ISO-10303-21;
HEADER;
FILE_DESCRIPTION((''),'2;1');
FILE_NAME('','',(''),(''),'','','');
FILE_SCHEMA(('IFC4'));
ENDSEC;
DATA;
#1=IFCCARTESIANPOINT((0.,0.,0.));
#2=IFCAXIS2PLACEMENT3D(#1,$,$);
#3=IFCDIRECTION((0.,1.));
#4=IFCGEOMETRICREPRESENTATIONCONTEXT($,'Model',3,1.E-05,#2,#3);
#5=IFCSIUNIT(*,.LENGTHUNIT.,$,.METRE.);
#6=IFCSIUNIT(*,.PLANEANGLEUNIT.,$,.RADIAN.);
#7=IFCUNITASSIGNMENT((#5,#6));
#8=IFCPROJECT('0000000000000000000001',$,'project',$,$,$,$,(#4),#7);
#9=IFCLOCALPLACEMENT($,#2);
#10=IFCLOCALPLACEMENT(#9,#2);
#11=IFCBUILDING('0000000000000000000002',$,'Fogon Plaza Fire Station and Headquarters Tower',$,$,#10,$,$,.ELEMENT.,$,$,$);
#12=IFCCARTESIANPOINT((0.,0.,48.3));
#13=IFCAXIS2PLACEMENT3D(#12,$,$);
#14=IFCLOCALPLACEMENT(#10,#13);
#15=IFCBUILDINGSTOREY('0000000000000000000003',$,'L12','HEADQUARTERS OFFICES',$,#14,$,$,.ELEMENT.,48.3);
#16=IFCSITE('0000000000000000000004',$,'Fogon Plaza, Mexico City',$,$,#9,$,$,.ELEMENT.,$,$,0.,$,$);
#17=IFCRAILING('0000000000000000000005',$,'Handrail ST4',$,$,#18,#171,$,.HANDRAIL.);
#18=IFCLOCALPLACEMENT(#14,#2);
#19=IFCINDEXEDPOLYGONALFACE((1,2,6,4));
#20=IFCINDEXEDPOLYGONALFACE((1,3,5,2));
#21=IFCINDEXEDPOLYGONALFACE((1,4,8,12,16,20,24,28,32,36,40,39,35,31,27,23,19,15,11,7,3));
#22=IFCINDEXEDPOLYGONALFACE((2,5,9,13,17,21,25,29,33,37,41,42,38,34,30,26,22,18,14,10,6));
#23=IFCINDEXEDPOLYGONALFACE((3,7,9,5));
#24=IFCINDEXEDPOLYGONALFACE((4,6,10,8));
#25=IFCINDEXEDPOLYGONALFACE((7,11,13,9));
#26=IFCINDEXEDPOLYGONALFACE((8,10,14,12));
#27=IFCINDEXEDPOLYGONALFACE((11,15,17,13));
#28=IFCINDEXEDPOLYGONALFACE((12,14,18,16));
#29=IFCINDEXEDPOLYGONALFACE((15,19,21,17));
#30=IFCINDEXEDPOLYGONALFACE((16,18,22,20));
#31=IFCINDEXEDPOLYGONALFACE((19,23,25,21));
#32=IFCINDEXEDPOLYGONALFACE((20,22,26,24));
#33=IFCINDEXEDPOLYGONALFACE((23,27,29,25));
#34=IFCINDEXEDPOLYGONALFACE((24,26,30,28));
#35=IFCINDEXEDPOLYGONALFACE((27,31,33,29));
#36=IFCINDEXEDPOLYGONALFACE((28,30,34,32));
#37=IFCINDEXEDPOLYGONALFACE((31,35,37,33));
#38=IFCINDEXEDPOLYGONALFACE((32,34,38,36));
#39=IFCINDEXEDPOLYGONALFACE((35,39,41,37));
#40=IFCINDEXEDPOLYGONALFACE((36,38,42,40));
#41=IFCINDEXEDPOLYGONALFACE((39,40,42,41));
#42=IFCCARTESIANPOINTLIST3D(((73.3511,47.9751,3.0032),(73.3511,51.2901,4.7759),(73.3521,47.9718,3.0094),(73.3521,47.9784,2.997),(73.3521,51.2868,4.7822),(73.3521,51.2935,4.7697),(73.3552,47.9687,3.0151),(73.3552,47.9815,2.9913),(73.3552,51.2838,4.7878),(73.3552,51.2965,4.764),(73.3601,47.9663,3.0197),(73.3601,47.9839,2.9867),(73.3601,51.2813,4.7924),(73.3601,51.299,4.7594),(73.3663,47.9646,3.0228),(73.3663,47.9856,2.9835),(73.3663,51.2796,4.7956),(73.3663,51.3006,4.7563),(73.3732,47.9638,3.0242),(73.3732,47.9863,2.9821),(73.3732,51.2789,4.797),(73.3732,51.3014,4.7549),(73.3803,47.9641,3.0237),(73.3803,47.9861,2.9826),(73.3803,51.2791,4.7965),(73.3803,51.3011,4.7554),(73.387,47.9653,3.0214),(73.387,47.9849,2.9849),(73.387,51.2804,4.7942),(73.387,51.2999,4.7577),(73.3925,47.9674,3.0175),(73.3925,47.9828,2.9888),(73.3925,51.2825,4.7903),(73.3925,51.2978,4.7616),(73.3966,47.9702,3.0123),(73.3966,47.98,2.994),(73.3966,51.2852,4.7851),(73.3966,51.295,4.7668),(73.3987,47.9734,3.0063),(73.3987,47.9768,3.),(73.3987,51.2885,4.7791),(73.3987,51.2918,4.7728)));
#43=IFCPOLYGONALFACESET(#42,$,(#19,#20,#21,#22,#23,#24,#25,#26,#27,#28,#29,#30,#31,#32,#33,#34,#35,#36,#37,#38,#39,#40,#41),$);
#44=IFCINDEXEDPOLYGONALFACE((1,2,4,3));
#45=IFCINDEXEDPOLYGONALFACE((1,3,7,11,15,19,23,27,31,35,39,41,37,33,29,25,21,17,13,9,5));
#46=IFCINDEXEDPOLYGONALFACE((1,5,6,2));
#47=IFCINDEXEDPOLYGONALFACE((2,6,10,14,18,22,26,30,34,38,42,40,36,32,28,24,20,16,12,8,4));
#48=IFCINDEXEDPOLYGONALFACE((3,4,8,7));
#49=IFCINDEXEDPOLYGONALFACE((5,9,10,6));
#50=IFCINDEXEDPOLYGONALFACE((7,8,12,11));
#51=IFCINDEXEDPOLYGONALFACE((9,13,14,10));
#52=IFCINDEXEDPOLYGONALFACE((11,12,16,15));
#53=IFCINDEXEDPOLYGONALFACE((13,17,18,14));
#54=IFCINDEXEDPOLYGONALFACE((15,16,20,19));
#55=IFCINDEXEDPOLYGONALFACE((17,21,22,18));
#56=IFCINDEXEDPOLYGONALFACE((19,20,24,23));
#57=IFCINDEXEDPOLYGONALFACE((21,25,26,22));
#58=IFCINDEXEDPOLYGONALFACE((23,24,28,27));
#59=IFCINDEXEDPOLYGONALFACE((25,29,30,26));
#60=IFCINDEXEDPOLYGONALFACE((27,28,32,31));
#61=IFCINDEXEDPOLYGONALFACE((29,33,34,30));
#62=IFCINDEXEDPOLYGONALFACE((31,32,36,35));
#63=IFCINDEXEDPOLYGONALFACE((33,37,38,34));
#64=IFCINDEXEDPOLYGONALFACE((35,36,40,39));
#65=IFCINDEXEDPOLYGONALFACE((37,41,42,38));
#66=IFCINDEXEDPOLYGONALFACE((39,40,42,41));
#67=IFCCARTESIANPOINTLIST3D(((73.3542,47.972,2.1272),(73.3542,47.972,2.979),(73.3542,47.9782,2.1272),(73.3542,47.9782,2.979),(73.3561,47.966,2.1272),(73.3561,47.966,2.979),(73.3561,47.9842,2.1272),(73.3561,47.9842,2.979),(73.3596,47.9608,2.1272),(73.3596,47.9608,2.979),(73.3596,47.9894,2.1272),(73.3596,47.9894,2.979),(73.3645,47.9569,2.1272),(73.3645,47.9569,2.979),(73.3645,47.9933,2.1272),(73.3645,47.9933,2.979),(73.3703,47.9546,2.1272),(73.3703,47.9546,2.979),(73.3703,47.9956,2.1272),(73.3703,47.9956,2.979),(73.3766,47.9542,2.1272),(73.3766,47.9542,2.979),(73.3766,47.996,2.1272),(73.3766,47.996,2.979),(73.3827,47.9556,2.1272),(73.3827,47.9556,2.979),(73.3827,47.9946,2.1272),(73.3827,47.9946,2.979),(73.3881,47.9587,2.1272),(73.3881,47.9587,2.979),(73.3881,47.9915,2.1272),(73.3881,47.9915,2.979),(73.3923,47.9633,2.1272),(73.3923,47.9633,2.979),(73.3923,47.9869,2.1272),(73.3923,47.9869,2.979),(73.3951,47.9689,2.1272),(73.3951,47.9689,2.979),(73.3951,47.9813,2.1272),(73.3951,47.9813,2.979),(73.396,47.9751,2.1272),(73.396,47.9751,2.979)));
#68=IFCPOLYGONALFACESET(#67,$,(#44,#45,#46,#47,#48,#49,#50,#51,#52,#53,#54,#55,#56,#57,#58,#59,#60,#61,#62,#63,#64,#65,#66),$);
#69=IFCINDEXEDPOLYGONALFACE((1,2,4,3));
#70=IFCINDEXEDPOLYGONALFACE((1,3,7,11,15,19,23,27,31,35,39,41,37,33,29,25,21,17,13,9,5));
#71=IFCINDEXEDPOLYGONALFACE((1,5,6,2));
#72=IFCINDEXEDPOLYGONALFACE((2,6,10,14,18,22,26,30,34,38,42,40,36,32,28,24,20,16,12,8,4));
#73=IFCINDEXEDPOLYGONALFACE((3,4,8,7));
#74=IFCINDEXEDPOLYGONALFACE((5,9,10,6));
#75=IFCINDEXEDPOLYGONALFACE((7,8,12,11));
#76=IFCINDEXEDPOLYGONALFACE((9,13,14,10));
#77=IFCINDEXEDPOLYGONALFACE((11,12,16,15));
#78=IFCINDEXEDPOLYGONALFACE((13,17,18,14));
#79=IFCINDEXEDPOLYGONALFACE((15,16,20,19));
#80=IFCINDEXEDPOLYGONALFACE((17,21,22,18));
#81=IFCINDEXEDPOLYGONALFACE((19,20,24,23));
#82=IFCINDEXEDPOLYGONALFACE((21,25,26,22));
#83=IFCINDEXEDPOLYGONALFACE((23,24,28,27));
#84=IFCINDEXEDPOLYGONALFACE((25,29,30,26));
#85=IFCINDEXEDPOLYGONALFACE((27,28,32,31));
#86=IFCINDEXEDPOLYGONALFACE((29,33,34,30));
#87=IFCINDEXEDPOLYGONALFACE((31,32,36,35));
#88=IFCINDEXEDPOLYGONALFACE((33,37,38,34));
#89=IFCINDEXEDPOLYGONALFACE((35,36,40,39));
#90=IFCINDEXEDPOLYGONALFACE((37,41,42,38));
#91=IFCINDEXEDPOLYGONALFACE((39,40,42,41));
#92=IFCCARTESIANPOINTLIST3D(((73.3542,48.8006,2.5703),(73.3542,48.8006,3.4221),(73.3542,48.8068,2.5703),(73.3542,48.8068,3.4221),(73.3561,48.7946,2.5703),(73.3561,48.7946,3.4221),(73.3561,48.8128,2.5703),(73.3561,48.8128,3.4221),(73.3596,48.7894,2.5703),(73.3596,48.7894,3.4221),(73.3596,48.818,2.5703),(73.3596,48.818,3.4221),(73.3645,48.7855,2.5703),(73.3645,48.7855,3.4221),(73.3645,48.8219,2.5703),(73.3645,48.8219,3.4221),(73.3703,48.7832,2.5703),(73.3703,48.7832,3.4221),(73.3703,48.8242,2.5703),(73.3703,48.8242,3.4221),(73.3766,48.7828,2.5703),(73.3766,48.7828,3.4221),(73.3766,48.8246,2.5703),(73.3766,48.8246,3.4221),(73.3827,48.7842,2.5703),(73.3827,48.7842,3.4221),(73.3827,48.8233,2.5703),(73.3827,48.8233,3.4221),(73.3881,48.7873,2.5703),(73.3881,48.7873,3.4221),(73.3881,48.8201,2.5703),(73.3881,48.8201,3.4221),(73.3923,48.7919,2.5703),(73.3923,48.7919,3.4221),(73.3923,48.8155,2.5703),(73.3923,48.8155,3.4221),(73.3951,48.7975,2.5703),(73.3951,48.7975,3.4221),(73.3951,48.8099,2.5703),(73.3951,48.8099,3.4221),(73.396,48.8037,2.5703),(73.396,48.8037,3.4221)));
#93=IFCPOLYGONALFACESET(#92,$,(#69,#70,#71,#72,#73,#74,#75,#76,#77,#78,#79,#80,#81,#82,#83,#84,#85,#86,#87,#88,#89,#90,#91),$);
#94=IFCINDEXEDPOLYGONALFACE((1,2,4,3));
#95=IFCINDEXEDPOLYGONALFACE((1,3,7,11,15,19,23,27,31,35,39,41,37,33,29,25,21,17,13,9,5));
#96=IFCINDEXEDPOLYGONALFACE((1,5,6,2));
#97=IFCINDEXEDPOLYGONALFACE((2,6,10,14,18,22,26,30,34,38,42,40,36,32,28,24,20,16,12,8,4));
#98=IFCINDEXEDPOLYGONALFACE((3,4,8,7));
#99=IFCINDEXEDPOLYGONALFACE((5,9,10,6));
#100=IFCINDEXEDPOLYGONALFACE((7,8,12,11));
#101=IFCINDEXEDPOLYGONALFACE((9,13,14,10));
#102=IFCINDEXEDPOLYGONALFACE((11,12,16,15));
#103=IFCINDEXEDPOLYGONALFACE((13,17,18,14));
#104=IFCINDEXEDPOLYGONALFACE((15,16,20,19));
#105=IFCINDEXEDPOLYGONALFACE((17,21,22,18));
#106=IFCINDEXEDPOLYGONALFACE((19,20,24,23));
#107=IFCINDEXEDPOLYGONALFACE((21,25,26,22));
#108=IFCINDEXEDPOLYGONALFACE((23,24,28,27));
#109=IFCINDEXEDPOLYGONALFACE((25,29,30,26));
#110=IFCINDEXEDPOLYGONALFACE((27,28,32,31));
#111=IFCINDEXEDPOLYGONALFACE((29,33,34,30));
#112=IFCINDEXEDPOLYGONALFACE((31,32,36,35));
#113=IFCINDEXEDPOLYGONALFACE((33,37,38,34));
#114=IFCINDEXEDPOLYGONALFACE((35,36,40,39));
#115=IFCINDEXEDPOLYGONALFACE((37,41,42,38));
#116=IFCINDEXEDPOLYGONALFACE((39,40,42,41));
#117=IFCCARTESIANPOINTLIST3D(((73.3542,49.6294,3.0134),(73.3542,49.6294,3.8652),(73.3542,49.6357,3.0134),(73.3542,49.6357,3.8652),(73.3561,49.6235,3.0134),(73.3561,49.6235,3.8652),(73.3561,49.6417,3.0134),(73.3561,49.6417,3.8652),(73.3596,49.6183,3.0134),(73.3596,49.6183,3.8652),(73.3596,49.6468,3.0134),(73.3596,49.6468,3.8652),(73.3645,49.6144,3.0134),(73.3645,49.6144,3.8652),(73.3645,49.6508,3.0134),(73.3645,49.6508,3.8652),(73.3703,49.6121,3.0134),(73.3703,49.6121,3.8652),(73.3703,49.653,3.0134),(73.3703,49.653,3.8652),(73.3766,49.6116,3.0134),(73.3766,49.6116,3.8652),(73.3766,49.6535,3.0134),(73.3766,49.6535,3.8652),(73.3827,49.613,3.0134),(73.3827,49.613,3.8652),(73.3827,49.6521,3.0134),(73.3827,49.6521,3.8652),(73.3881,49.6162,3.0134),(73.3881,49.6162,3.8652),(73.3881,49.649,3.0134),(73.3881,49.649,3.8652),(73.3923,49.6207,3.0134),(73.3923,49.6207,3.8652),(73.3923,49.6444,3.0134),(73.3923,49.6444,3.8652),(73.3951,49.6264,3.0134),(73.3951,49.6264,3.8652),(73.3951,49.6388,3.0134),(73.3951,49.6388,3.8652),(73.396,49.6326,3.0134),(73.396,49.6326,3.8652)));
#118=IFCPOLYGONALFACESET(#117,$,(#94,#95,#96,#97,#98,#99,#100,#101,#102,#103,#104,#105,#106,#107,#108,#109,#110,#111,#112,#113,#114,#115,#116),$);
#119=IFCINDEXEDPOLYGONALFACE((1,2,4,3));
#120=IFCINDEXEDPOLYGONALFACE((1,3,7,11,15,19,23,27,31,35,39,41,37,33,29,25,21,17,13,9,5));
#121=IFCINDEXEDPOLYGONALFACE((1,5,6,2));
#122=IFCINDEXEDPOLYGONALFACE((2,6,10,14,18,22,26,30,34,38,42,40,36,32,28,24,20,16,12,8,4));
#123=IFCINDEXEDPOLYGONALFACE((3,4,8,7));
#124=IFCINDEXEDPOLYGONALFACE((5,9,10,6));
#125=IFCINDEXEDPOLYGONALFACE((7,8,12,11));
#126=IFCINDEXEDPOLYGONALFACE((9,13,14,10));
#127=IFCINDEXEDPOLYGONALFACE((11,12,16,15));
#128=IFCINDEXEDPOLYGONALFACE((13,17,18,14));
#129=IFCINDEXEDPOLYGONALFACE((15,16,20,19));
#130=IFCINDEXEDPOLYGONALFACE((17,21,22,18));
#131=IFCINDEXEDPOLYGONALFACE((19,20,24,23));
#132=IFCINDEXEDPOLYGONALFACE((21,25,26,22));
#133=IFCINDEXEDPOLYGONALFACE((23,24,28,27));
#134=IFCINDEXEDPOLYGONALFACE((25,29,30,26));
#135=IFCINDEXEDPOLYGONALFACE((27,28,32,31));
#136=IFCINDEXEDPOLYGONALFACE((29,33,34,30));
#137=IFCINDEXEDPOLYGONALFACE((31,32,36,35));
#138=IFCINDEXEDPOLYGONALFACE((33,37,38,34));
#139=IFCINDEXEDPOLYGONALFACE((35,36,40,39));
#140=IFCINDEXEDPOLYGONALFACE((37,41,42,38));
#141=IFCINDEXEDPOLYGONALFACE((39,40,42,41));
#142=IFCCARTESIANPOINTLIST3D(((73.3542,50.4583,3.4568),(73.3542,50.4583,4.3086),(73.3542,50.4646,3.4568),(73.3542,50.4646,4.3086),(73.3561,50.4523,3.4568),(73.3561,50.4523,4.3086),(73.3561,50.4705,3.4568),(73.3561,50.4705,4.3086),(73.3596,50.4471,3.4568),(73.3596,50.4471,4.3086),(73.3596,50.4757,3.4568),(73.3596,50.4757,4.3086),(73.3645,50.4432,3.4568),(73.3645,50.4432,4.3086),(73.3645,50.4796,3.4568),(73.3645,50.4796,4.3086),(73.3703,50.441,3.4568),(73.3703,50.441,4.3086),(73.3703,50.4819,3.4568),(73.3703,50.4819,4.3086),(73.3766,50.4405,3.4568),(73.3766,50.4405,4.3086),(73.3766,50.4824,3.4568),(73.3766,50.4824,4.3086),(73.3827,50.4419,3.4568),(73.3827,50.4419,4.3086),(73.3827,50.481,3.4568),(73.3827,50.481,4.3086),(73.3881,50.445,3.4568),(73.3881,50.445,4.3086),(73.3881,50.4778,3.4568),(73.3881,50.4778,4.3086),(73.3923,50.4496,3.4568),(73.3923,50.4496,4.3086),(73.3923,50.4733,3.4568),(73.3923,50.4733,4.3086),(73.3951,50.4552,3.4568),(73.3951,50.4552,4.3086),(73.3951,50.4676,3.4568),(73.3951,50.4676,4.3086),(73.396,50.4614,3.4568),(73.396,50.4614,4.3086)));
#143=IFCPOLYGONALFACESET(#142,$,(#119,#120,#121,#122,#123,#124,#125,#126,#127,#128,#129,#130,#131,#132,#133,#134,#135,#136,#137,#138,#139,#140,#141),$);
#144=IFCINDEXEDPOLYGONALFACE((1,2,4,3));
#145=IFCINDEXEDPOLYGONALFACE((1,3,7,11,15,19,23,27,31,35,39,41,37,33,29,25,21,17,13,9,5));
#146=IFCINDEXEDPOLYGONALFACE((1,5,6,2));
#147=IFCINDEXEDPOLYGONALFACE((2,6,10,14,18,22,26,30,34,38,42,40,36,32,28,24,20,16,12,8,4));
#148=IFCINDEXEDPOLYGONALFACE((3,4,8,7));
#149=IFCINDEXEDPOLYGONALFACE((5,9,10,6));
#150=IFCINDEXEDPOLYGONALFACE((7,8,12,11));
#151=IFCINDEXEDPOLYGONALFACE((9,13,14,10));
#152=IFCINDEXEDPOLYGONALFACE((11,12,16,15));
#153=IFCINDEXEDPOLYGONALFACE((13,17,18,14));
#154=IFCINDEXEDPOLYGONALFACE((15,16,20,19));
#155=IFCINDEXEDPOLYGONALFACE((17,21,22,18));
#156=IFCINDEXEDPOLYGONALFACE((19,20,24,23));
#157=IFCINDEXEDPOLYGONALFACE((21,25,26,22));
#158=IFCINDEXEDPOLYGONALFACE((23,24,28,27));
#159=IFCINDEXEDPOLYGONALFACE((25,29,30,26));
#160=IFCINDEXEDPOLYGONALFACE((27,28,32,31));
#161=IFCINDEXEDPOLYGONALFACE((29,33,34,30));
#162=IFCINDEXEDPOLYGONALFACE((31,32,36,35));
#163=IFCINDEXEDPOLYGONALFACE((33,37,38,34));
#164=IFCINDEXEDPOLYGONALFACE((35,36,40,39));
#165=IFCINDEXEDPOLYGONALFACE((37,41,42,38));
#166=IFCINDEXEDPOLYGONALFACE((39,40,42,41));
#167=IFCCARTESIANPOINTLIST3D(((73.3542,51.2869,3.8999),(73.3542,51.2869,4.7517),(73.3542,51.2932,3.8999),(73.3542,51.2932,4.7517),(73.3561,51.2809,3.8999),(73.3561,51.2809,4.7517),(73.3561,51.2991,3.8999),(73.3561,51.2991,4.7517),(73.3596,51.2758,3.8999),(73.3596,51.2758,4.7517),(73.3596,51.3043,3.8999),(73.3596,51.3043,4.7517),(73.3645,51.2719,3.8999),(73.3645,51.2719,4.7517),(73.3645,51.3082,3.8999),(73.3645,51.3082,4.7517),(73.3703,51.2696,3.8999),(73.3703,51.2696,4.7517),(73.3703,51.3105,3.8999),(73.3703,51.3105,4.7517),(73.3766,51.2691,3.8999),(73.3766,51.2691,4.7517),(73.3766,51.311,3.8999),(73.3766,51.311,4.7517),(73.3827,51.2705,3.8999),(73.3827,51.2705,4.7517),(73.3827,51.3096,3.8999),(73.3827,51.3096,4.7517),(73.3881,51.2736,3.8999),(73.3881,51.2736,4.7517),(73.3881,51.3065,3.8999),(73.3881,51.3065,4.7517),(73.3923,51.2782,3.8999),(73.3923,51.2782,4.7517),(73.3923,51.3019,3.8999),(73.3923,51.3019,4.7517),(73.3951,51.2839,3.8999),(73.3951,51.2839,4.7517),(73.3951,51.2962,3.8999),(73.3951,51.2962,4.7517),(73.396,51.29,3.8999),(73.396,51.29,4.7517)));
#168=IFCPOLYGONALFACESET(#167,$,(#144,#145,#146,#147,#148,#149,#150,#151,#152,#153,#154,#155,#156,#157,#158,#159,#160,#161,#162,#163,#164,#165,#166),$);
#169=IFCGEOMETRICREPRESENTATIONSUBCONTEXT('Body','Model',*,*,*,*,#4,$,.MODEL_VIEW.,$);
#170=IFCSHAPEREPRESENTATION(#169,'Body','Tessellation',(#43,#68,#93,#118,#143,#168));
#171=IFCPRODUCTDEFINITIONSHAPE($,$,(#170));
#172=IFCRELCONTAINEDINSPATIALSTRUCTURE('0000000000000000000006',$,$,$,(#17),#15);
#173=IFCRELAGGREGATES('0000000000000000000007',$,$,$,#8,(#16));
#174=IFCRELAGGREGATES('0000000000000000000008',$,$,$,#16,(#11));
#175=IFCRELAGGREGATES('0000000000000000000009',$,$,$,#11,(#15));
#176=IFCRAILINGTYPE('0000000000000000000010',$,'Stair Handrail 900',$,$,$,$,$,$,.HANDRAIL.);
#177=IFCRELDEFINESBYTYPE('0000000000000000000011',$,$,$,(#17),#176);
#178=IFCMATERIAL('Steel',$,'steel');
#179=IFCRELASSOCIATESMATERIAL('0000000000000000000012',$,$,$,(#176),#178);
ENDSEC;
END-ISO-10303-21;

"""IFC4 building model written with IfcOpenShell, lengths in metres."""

from ifc_helpers import new_model, si_unit, direction, frame, origin, origin_2d, place, context, subcontext, project, spatial, circle, extrude, material, type_object, element, save


model = new_model("IFC4")

# Units and contexts
model_context = context("Model", 3, precision=1e-05, world=origin(), true_north=direction((0.0, 1.0)))
body_context = subcontext(model_context, "Body", "Model", "MODEL_VIEW")
ifc_project = project(units=[si_unit("LENGTHUNIT", "METRE"), si_unit("PLANEANGLEUNIT", "RADIAN")], contexts=[model_context])

# Site, building, storey
site_placement = place(None, origin())
site = spatial("IfcSite", under=ifc_project, at=site_placement, Name="Fogon Plaza, Mexico City", CompositionType="ELEMENT", RefElevation=0.0)
building_placement = place(site_placement, origin())
building = spatial("IfcBuilding", under=site, at=building_placement, Name="Fogon Plaza Fire Station and Headquarters Tower", CompositionType="ELEMENT")
storey_placement = place(building_placement, frame((0.0, 0.0, 48.3)))
storey = spatial("IfcBuildingStorey", under=building, at=storey_placement, Name="L12", Description="HEADQUARTERS OFFICES", CompositionType="ELEMENT", Elevation=48.3)

# Railing
ifc_material_1 = material(Name="Steel", Category="steel")
railing_type = type_object("IfcRailingType", Name="Stair Handrail 900", PredefinedType="HANDRAIL", material=ifc_material_1)
for number, where, name in (
    (1, (73.375, 47.9751, 2.1272), "Handrail ST4"),
):
    element("IfcRailing", number, at=place(storey_placement, frame(where)), inside=storey, type_object=railing_type, Name=name, PredefinedType="HANDRAIL", context=body_context, shape_type="SweptSolid", body=[
        extrude(circle(Radius=0.0239, at=origin_2d()), frame((0.0, 0.0, 0.876), z_axis=(0.0, 0.881829, 0.471569), x_axis=(-1.0, 0.0, 0.0)), (0.0, 0.0, 1.0), 3.7593),
        extrude(circle(Radius=0.021, at=origin_2d()), origin(), (0.0, 0.0, 1.0), 0.8518),
        extrude(circle(Radius=0.021, at=origin_2d()), frame((0.0, 0.8286, 0.4431)), (0.0, 0.0, 1.0), 0.8518),
        extrude(circle(Radius=0.021, at=origin_2d()), frame((0.0, 1.6575, 0.8862)), (0.0, 0.0, 1.0), 0.8518),
        extrude(circle(Radius=0.021, at=origin_2d()), frame((0.0, 2.4863, 1.3296)), (0.0, 0.0, 1.0), 0.8518),
        extrude(circle(Radius=0.021, at=origin_2d()), frame((0.0, 3.3149, 1.7727)), (0.0, 0.0, 1.0), 0.8518),
    ])

save(model, "model.ifc")
